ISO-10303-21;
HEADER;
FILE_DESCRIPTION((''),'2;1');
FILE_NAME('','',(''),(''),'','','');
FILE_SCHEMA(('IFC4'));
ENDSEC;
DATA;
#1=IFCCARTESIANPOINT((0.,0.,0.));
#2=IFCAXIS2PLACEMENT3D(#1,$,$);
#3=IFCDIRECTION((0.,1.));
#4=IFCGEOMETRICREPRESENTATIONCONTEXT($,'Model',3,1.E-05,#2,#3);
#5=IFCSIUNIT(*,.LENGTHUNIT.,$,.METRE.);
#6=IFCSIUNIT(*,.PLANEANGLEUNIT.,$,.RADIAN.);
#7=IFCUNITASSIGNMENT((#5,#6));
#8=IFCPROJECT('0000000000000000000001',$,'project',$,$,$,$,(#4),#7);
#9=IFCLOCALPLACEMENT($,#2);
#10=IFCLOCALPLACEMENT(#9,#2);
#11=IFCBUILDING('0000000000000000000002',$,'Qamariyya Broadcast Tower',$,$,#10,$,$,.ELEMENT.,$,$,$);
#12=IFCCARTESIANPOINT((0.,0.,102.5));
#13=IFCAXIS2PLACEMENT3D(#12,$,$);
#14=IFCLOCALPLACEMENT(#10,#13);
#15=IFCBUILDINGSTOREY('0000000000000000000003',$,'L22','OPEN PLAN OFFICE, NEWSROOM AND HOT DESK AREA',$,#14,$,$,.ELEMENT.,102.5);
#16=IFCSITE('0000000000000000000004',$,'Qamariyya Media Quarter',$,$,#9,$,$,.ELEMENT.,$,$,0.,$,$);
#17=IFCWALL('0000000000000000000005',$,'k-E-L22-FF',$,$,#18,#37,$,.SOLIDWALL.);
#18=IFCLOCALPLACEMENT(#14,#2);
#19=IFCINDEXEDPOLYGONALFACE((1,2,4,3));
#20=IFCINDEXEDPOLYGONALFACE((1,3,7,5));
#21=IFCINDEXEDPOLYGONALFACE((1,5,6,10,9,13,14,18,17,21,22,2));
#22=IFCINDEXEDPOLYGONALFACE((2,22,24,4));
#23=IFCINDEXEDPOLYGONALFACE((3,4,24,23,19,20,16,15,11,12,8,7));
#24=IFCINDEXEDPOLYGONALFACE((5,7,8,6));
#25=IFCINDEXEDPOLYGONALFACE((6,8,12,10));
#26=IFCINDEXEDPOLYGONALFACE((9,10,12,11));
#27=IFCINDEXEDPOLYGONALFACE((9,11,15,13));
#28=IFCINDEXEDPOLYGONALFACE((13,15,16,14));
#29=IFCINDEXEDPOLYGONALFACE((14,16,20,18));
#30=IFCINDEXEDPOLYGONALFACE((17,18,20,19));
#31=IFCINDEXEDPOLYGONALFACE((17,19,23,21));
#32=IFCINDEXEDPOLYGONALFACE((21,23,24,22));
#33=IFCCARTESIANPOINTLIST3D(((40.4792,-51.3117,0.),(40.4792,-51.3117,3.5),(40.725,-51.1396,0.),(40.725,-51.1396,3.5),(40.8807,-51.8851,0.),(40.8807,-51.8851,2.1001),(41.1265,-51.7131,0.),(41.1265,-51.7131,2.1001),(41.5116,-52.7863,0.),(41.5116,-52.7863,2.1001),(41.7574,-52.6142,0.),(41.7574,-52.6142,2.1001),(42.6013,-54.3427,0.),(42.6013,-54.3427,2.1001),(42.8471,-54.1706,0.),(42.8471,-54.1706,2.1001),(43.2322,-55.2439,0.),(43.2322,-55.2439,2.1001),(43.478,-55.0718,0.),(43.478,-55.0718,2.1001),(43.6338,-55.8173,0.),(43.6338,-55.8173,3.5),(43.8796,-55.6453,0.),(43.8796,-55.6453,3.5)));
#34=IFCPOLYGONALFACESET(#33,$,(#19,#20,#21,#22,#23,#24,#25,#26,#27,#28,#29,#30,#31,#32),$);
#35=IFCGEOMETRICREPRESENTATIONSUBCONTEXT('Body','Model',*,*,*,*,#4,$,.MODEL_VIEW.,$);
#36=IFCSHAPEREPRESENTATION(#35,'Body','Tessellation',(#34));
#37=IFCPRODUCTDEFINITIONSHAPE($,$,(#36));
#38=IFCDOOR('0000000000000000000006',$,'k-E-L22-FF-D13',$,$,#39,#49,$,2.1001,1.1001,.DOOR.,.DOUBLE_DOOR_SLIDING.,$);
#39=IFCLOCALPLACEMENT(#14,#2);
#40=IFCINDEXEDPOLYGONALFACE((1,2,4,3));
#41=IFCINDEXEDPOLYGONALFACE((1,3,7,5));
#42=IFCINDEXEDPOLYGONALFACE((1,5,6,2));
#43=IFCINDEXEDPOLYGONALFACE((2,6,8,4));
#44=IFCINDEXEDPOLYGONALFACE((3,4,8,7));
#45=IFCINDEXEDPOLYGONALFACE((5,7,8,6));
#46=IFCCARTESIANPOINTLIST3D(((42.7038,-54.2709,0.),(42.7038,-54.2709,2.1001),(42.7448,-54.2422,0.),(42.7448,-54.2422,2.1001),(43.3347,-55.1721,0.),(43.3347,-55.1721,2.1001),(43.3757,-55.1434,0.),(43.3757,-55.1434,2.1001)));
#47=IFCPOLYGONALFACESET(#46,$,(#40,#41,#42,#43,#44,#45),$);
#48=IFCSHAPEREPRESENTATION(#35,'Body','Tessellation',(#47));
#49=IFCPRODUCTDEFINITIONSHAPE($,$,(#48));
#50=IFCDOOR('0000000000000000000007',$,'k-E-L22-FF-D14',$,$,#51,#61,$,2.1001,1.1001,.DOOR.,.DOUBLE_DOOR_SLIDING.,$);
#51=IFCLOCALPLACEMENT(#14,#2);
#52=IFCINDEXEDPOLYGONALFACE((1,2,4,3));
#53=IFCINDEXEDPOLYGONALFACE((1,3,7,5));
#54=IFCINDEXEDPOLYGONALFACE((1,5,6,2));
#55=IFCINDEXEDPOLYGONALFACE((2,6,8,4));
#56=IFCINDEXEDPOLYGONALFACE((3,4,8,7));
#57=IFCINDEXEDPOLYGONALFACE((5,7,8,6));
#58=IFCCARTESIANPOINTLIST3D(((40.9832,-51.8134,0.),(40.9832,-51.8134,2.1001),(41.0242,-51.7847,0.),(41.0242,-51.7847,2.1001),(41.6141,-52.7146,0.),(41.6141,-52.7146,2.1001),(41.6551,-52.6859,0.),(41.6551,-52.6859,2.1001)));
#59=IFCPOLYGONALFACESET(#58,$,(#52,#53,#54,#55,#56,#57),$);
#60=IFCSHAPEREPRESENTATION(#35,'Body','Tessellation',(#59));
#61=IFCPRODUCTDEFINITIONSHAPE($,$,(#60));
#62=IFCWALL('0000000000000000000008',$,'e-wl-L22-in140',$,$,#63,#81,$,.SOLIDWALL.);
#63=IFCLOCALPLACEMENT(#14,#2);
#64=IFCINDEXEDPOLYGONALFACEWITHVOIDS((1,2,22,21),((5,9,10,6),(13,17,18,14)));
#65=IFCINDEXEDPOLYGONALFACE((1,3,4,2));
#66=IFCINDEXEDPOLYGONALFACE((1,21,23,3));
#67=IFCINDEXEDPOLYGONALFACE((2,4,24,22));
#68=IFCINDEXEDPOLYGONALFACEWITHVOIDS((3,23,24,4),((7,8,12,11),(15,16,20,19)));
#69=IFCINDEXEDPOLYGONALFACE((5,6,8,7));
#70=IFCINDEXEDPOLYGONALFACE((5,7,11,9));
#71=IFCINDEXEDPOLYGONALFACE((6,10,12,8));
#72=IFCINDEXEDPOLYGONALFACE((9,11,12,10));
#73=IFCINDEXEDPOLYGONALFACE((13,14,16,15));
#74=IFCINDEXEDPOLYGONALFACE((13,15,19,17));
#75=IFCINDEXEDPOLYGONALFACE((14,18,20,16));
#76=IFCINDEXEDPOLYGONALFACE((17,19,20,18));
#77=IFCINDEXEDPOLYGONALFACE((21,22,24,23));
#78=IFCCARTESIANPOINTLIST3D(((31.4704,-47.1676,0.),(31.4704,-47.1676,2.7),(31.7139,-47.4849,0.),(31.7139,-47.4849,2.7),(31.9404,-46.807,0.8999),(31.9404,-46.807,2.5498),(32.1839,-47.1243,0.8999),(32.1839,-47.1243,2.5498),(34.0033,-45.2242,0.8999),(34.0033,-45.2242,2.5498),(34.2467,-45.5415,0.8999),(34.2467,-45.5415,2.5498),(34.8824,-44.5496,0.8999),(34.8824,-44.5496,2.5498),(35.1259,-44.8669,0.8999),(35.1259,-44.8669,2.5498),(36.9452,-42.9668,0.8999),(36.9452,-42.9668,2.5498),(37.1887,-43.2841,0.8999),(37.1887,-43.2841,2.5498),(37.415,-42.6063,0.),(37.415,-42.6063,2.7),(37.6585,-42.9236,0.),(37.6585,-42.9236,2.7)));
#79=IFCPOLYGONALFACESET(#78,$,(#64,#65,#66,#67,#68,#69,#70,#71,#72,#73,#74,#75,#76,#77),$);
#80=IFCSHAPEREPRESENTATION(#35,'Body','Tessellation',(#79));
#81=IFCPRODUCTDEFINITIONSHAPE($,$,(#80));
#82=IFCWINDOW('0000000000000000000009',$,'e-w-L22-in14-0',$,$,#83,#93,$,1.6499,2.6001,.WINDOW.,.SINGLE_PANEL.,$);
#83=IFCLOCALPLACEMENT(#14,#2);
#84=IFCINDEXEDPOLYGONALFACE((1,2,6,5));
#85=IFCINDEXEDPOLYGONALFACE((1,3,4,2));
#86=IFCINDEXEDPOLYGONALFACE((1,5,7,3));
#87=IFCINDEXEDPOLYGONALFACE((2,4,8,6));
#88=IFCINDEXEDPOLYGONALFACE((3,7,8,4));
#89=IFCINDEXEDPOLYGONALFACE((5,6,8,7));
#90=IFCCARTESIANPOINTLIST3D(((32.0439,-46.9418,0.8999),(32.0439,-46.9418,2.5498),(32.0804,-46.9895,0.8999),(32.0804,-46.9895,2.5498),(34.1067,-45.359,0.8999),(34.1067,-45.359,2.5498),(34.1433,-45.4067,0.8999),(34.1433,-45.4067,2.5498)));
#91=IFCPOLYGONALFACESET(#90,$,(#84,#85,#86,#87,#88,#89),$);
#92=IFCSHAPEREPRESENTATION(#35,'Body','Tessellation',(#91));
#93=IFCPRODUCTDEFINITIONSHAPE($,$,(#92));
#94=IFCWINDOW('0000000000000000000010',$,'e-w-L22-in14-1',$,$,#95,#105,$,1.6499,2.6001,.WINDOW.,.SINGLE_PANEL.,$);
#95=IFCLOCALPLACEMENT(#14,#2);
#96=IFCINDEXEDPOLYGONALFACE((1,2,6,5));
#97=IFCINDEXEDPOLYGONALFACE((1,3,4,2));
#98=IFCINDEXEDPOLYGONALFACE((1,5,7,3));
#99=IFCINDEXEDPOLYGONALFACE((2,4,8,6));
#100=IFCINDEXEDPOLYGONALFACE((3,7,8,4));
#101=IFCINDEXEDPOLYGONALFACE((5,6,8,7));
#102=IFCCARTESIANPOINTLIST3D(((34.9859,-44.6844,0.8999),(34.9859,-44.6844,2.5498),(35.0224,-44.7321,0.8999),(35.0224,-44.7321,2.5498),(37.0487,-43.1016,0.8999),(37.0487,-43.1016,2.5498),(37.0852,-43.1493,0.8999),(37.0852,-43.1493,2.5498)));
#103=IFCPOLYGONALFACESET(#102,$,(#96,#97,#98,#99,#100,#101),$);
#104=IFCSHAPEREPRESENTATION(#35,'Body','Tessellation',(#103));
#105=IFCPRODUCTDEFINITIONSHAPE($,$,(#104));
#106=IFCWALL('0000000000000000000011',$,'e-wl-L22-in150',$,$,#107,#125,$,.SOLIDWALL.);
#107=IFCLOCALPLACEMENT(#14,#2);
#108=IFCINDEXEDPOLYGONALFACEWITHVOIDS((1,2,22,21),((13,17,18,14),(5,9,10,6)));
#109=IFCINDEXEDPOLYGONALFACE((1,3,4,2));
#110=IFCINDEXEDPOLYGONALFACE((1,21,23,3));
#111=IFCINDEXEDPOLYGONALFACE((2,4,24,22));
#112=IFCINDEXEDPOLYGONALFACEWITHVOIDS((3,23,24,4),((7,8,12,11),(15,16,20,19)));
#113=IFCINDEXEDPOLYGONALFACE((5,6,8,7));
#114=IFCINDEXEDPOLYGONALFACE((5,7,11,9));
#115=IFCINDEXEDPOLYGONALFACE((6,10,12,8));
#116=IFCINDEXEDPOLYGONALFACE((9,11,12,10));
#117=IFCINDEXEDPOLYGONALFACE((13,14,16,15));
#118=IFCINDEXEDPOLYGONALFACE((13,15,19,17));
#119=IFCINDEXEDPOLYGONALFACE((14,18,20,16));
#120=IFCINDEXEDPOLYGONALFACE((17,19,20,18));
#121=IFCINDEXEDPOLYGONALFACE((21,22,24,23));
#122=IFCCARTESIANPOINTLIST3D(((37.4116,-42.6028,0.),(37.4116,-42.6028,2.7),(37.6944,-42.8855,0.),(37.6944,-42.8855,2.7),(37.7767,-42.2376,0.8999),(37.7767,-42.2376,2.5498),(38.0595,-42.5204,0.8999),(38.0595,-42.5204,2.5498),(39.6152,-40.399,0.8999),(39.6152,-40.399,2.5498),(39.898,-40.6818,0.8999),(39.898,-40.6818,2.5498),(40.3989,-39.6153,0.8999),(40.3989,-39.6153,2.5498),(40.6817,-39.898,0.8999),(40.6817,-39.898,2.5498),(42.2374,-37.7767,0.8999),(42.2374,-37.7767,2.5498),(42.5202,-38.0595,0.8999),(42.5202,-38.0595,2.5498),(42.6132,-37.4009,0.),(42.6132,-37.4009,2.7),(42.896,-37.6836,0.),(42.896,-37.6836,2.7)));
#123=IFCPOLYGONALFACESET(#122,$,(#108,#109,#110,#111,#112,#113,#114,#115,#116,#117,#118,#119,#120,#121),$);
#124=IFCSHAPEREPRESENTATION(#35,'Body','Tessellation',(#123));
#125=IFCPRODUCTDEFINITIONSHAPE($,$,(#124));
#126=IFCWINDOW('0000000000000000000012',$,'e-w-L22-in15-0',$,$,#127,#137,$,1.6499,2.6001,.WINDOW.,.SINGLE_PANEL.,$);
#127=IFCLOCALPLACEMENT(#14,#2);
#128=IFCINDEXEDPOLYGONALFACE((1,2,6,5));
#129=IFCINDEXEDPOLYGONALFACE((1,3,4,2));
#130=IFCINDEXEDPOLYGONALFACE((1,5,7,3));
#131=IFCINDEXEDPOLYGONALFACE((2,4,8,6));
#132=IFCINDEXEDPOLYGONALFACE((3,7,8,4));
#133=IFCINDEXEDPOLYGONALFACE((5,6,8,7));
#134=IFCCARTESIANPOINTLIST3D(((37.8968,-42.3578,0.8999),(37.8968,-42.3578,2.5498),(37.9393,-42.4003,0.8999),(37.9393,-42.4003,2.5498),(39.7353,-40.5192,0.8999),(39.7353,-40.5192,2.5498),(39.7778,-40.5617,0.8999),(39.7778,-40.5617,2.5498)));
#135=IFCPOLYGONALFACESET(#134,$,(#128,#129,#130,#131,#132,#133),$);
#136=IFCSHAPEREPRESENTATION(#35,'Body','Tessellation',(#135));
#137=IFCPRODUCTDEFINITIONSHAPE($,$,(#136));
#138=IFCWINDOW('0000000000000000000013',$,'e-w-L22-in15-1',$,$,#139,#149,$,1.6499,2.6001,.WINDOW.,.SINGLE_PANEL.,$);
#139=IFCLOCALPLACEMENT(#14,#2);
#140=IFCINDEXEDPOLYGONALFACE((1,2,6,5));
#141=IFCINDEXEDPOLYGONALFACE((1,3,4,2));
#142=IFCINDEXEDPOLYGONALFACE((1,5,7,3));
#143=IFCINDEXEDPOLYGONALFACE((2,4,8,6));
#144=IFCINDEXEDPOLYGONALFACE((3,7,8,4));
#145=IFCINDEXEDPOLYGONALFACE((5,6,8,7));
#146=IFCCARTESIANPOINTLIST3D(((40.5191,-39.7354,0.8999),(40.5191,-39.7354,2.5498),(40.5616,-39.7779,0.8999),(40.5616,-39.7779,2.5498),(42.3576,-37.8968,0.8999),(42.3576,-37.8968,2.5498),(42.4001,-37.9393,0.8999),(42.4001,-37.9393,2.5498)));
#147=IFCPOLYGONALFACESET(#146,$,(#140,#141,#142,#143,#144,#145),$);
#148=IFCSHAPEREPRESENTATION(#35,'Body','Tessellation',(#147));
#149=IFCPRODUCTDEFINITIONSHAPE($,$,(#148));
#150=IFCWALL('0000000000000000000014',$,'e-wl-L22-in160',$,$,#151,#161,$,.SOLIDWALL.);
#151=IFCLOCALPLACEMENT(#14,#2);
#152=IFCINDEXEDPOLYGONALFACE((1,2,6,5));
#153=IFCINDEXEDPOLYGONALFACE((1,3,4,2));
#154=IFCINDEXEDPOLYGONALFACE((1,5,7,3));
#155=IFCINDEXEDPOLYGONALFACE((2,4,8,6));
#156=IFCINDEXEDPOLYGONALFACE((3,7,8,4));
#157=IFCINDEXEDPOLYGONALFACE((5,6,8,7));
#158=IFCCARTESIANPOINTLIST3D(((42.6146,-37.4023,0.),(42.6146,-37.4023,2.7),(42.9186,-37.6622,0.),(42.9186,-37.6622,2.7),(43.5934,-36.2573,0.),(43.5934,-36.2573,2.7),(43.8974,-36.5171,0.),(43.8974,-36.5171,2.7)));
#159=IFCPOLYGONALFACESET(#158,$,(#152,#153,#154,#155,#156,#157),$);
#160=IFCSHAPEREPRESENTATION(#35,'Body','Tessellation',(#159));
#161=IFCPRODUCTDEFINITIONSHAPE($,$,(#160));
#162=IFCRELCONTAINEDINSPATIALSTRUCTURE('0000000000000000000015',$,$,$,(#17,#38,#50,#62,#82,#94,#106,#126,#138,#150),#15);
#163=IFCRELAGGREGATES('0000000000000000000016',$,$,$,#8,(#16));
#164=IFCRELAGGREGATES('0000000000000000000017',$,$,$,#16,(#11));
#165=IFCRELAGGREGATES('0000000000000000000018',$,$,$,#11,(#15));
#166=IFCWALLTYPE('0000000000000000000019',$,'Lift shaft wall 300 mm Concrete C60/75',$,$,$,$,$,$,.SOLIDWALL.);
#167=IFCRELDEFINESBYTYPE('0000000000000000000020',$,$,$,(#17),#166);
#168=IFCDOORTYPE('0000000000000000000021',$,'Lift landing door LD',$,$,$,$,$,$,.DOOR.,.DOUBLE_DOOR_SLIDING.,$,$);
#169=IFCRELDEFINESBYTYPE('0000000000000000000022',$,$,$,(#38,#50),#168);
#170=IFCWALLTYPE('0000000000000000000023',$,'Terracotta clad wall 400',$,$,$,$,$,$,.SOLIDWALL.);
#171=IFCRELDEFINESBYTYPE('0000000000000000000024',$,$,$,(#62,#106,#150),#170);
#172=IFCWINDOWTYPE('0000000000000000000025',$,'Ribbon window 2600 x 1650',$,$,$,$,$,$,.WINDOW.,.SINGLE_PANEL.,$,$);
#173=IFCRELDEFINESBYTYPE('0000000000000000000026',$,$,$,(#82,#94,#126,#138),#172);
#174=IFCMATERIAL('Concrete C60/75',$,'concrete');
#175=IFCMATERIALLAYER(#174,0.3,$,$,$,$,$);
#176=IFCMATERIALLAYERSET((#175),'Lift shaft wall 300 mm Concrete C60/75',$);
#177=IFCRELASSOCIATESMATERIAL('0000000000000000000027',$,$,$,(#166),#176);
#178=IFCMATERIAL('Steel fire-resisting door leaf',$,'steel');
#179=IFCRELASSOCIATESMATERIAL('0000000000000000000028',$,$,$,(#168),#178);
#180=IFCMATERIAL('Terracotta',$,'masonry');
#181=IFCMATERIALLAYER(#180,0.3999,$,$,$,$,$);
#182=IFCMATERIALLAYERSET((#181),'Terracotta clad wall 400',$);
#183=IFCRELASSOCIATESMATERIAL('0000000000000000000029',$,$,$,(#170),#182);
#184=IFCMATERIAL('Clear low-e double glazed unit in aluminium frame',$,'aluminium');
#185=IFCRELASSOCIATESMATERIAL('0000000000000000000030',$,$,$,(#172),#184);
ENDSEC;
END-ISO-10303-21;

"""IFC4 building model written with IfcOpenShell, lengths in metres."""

from ifc_helpers import new_model, si_unit, direction, frame, frame_2d, origin, place, context, subcontext, project, spatial, rectangle, extrude, material, layer, layer_set, type_object, element, fill, save


model = new_model("IFC4")

# Units and contexts
model_context = context("Model", 3, precision=1e-05, world=origin(), true_north=direction((0.0, 1.0)))
body_context = subcontext(model_context, "Body", "Model", "MODEL_VIEW")
ifc_project = project(units=[si_unit("LENGTHUNIT", "METRE"), si_unit("PLANEANGLEUNIT", "RADIAN")], contexts=[model_context])

# Site, building, storey
site_placement = place(None, origin())
site = spatial("IfcSite", under=ifc_project, at=site_placement, Name="Qamariyya Media Quarter", CompositionType="ELEMENT", RefElevation=0.0)
building_placement = place(site_placement, origin())
building = spatial("IfcBuilding", under=site, at=building_placement, Name="Qamariyya Broadcast Tower", CompositionType="ELEMENT")
storey_placement = place(building_placement, frame((0.0, 0.0, 102.5)))
storey = spatial("IfcBuildingStorey", under=building, at=storey_placement, Name="L22", Description="OPEN PLAN OFFICE, NEWSROOM AND HOT DESK AREA", CompositionType="ELEMENT", Elevation=102.5)

# Shared definitions
ifc_material_1 = material(Name="Concrete C60/75", Category="concrete")
ifc_layer_1 = layer(ifc_material_1, 0.3)
ifc_layer_set_1 = layer_set([ifc_layer_1], Name="Lift shaft wall 300 mm Concrete C60/75")
wall_type_1 = type_object("IfcWallType", Name="Lift shaft wall 300 mm Concrete C60/75", PredefinedType="SOLIDWALL", material=ifc_layer_set_1)

# Shared definitions
ifc_material_2 = material(Name="Steel fire-resisting door leaf", Category="steel")

# Wall, openings, doors
wall_1_placement = place(storey_placement, frame((43.7566, -55.7312, 0.0), z_axis=(0.0, 0.0, 1.0), x_axis=(-0.573537, 0.81918, 0.0)))
wall_1 = element("IfcWall", 1, at=wall_1_placement, inside=storey, type_object=wall_type_1, Name="k-E-L22-FF", PredefinedType="SOLIDWALL", context=body_context, shape_type="SweptSolid", body=[
    extrude(rectangle(XDim=5.5002, YDim=0.3, at=frame_2d((2.75, 0.0))), origin(), (0.0, 0.0, 1.0), 3.5),
])
opening_1_placement = place(wall_1_placement, frame((0.7, 0.0, 0.0)))
opening_1 = element("IfcOpeningElement", 2, at=opening_1_placement, cuts=wall_1, PredefinedType="OPENING", context=body_context, shape_type="SweptSolid", body=[
    extrude(rectangle(XDim=1.1001, YDim=2.1001, at=frame_2d((0.55, 1.05))), frame((0.0, 0.1599, 0.0), z_axis=(0.0, -1.0, 0.0), x_axis=(1.0, 0.0, 0.0)), (0.0, 0.0, 1.0), 0.3201),
])
opening_2_placement = place(wall_1_placement, frame((3.7, 0.0, 0.0)))
opening_2 = element("IfcOpeningElement", 3, at=opening_2_placement, cuts=wall_1, PredefinedType="OPENING", context=body_context, shape_type="SweptSolid", body=[
    extrude(rectangle(XDim=1.1001, YDim=2.1001, at=frame_2d((0.55, 1.05))), frame((0.0, 0.1599, 0.0), z_axis=(0.0, -1.0, 0.0), x_axis=(1.0, 0.0, 0.0)), (0.0, 0.0, 1.0), 0.3201),
])
door_type_1 = type_object("IfcDoorType", Name="Lift landing door LD", OperationType="DOUBLE_DOOR_SLIDING", PredefinedType="DOOR", material=ifc_material_2)
door_1_placement = place(opening_1_placement, origin())
door_1 = element("IfcDoor", 4, at=door_1_placement, inside=storey, type_object=door_type_1, Name="k-E-L22-FF-D13", OperationType="DOUBLE_DOOR_SLIDING", OverallHeight=2.1001, OverallWidth=1.1001, PredefinedType="DOOR", context=body_context, shape_type="SweptSolid", body=[
    extrude(rectangle(XDim=1.1001, YDim=2.1001, at=frame_2d((0.55, 1.05))), frame((0.0, 0.0249, 0.0), z_axis=(0.0, -1.0, 0.0), x_axis=(1.0, 0.0, 0.0)), (0.0, 0.0, 1.0), 0.05),
])
fill(opening_1, door_1)
door_2_placement = place(opening_2_placement, origin())
door_2 = element("IfcDoor", 5, at=door_2_placement, inside=storey, type_object=door_type_1, Name="k-E-L22-FF-D14", OperationType="DOUBLE_DOOR_SLIDING", OverallHeight=2.1001, OverallWidth=1.1001, PredefinedType="DOOR", context=body_context, shape_type="SweptSolid", body=[
    extrude(rectangle(XDim=1.1001, YDim=2.1001, at=frame_2d((0.55, 1.05))), frame((0.0, 0.0249, 0.0), z_axis=(0.0, -1.0, 0.0), x_axis=(1.0, 0.0, 0.0)), (0.0, 0.0, 1.0), 0.05),
])
fill(opening_2, door_2)

# Walls, openings, windows
ifc_material_3 = material(Name="Terracotta", Category="masonry")
ifc_layer_2 = layer(ifc_material_3, 0.3999)
ifc_layer_set_2 = layer_set([ifc_layer_2], Name="Terracotta clad wall 400")
wall_type_2 = type_object("IfcWallType", Name="Terracotta clad wall 400", PredefinedType="SOLIDWALL", material=ifc_layer_set_2)
wall_2_placement = place(storey_placement, frame((37.5369, -42.7649, 0.0), z_axis=(0.0, 0.0, 1.0), x_axis=(-0.793363, -0.608748, 0.0)))
wall_2 = element("IfcWall", 6, at=wall_2_placement, inside=storey, type_object=wall_type_2, Name="e-wl-L22-in140", PredefinedType="SOLIDWALL", context=body_context, shape_type="SweptSolid", body=[
    extrude(rectangle(XDim=7.4929, YDim=0.3999, at=frame_2d((3.7466, 0.0))), origin(), (0.0, 0.0, 1.0), 2.7),
])
opening_3_placement = place(wall_2_placement, frame((4.3005, 0.0, 0.8999)))
opening_3 = element("IfcOpeningElement", 7, at=opening_3_placement, cuts=wall_2, PredefinedType="OPENING", context=body_context, shape_type="SweptSolid", body=[
    extrude(rectangle(XDim=2.6001, YDim=1.6499, at=frame_2d((1.3, 0.825))), frame((0.0, 0.21, 0.0), z_axis=(0.0, -1.0, 0.0), x_axis=(1.0, 0.0, 0.0)), (0.0, 0.0, 1.0), 0.4199),
])
opening_4_placement = place(wall_2_placement, frame((0.5923, 0.0, 0.8999)))
opening_4 = element("IfcOpeningElement", 8, at=opening_4_placement, cuts=wall_2, PredefinedType="OPENING", context=body_context, shape_type="SweptSolid", body=[
    extrude(rectangle(XDim=2.6001, YDim=1.6499, at=frame_2d((1.3, 0.825))), frame((0.0, 0.21, 0.0), z_axis=(0.0, -1.0, 0.0), x_axis=(1.0, 0.0, 0.0)), (0.0, 0.0, 1.0), 0.4199),
])
ifc_material_4 = material(Name="Clear low-e double glazed unit in aluminium frame", Category="aluminium")
window_type = type_object("IfcWindowType", Name="Ribbon window 2600 x 1650", PartitioningType="SINGLE_PANEL", PredefinedType="WINDOW", material=ifc_material_4)
window_1_placement = place(opening_3_placement, origin())
window_1 = element("IfcWindow", 9, at=window_1_placement, inside=storey, type_object=window_type, Name="e-w-L22-in14-0", OverallHeight=1.6499, OverallWidth=2.6001, PartitioningType="SINGLE_PANEL", PredefinedType="WINDOW", context=body_context, shape_type="SweptSolid", body=[
    extrude(rectangle(XDim=2.6001, YDim=1.6499, at=frame_2d((1.3, 0.825))), frame((0.0, 0.03, 0.0), z_axis=(0.0, -1.0, 0.0), x_axis=(1.0, 0.0, 0.0)), (0.0, 0.0, 1.0), 0.0601),
])
fill(opening_3, window_1)
window_2_placement = place(opening_4_placement, origin())
window_2 = element("IfcWindow", 10, at=window_2_placement, inside=storey, type_object=window_type, Name="e-w-L22-in14-1", OverallHeight=1.6499, OverallWidth=2.6001, PartitioningType="SINGLE_PANEL", PredefinedType="WINDOW", context=body_context, shape_type="SweptSolid", body=[
    extrude(rectangle(XDim=2.6001, YDim=1.6499, at=frame_2d((1.3, 0.825))), frame((0.0, 0.03, 0.0), z_axis=(0.0, -1.0, 0.0), x_axis=(1.0, 0.0, 0.0)), (0.0, 0.0, 1.0), 0.0601),
])
fill(opening_4, window_2)
wall_3_placement = place(storey_placement, frame((42.7546, -37.5422, 0.0), z_axis=(0.0, 0.0, 1.0), x_axis=(-0.70709, -0.707123, 0.0)))
wall_3 = element("IfcWall", 11, at=wall_3_placement, inside=storey, type_object=wall_type_2, Name="e-wl-L22-in150", PredefinedType="SOLIDWALL", context=body_context, shape_type="SweptSolid", body=[
    extrude(rectangle(XDim=7.3564, YDim=0.3999, at=frame_2d((3.6782, 0.0))), origin(), (0.0, 0.0, 1.0), 2.7),
])
opening_5_placement = place(wall_3_placement, frame((4.24, 0.0, 0.8999)))
opening_5 = element("IfcOpeningElement", 12, at=opening_5_placement, cuts=wall_3, PredefinedType="OPENING", context=body_context, shape_type="SweptSolid", body=[
    extrude(rectangle(XDim=2.6001, YDim=1.6499, at=frame_2d((1.3, 0.825))), frame((0.0, 0.21, 0.0), z_axis=(0.0, -1.0, 0.0), x_axis=(1.0, 0.0, 0.0)), (0.0, 0.0, 1.0), 0.4199),
])
opening_6_placement = place(wall_3_placement, frame((0.5315, 0.0, 0.8999)))
opening_6 = element("IfcOpeningElement", 13, at=opening_6_placement, cuts=wall_3, PredefinedType="OPENING", context=body_context, shape_type="SweptSolid", body=[
    extrude(rectangle(XDim=2.6001, YDim=1.6499, at=frame_2d((1.3, 0.825))), frame((0.0, 0.21, 0.0), z_axis=(0.0, -1.0, 0.0), x_axis=(1.0, 0.0, 0.0)), (0.0, 0.0, 1.0), 0.4199),
])
window_3_placement = place(opening_5_placement, origin())
window_3 = element("IfcWindow", 14, at=window_3_placement, inside=storey, type_object=window_type, Name="e-w-L22-in15-0", OverallHeight=1.6499, OverallWidth=2.6001, PartitioningType="SINGLE_PANEL", PredefinedType="WINDOW", context=body_context, shape_type="SweptSolid", body=[
    extrude(rectangle(XDim=2.6001, YDim=1.6499, at=frame_2d((1.3, 0.825))), frame((0.0, 0.03, 0.0), z_axis=(0.0, -1.0, 0.0), x_axis=(1.0, 0.0, 0.0)), (0.0, 0.0, 1.0), 0.0601),
])
fill(opening_5, window_3)
window_4_placement = place(opening_6_placement, origin())
window_4 = element("IfcWindow", 15, at=window_4_placement, inside=storey, type_object=window_type, Name="e-w-L22-in15-1", OverallHeight=1.6499, OverallWidth=2.6001, PartitioningType="SINGLE_PANEL", PredefinedType="WINDOW", context=body_context, shape_type="SweptSolid", body=[
    extrude(rectangle(XDim=2.6001, YDim=1.6499, at=frame_2d((1.3, 0.825))), frame((0.0, 0.03, 0.0), z_axis=(0.0, -1.0, 0.0), x_axis=(1.0, 0.0, 0.0)), (0.0, 0.0, 1.0), 0.0601),
])
fill(opening_6, window_4)

# Wall
wall_4_placement = place(storey_placement, frame((43.7454, -36.3872, 0.0), z_axis=(0.0, 0.0, 1.0), x_axis=(-0.649763, -0.760137, 0.0)))
element("IfcWall", 16, at=wall_4_placement, inside=storey, type_object=wall_type_2, Name="e-wl-L22-in160", PredefinedType="SOLIDWALL", context=body_context, shape_type="SweptSolid", body=[
    extrude(rectangle(XDim=1.5063, YDim=0.3999, at=frame_2d((0.7532, 0.0))), origin(), (0.0, 0.0, 1.0), 2.7),
])

save(model, "model.ifc")
